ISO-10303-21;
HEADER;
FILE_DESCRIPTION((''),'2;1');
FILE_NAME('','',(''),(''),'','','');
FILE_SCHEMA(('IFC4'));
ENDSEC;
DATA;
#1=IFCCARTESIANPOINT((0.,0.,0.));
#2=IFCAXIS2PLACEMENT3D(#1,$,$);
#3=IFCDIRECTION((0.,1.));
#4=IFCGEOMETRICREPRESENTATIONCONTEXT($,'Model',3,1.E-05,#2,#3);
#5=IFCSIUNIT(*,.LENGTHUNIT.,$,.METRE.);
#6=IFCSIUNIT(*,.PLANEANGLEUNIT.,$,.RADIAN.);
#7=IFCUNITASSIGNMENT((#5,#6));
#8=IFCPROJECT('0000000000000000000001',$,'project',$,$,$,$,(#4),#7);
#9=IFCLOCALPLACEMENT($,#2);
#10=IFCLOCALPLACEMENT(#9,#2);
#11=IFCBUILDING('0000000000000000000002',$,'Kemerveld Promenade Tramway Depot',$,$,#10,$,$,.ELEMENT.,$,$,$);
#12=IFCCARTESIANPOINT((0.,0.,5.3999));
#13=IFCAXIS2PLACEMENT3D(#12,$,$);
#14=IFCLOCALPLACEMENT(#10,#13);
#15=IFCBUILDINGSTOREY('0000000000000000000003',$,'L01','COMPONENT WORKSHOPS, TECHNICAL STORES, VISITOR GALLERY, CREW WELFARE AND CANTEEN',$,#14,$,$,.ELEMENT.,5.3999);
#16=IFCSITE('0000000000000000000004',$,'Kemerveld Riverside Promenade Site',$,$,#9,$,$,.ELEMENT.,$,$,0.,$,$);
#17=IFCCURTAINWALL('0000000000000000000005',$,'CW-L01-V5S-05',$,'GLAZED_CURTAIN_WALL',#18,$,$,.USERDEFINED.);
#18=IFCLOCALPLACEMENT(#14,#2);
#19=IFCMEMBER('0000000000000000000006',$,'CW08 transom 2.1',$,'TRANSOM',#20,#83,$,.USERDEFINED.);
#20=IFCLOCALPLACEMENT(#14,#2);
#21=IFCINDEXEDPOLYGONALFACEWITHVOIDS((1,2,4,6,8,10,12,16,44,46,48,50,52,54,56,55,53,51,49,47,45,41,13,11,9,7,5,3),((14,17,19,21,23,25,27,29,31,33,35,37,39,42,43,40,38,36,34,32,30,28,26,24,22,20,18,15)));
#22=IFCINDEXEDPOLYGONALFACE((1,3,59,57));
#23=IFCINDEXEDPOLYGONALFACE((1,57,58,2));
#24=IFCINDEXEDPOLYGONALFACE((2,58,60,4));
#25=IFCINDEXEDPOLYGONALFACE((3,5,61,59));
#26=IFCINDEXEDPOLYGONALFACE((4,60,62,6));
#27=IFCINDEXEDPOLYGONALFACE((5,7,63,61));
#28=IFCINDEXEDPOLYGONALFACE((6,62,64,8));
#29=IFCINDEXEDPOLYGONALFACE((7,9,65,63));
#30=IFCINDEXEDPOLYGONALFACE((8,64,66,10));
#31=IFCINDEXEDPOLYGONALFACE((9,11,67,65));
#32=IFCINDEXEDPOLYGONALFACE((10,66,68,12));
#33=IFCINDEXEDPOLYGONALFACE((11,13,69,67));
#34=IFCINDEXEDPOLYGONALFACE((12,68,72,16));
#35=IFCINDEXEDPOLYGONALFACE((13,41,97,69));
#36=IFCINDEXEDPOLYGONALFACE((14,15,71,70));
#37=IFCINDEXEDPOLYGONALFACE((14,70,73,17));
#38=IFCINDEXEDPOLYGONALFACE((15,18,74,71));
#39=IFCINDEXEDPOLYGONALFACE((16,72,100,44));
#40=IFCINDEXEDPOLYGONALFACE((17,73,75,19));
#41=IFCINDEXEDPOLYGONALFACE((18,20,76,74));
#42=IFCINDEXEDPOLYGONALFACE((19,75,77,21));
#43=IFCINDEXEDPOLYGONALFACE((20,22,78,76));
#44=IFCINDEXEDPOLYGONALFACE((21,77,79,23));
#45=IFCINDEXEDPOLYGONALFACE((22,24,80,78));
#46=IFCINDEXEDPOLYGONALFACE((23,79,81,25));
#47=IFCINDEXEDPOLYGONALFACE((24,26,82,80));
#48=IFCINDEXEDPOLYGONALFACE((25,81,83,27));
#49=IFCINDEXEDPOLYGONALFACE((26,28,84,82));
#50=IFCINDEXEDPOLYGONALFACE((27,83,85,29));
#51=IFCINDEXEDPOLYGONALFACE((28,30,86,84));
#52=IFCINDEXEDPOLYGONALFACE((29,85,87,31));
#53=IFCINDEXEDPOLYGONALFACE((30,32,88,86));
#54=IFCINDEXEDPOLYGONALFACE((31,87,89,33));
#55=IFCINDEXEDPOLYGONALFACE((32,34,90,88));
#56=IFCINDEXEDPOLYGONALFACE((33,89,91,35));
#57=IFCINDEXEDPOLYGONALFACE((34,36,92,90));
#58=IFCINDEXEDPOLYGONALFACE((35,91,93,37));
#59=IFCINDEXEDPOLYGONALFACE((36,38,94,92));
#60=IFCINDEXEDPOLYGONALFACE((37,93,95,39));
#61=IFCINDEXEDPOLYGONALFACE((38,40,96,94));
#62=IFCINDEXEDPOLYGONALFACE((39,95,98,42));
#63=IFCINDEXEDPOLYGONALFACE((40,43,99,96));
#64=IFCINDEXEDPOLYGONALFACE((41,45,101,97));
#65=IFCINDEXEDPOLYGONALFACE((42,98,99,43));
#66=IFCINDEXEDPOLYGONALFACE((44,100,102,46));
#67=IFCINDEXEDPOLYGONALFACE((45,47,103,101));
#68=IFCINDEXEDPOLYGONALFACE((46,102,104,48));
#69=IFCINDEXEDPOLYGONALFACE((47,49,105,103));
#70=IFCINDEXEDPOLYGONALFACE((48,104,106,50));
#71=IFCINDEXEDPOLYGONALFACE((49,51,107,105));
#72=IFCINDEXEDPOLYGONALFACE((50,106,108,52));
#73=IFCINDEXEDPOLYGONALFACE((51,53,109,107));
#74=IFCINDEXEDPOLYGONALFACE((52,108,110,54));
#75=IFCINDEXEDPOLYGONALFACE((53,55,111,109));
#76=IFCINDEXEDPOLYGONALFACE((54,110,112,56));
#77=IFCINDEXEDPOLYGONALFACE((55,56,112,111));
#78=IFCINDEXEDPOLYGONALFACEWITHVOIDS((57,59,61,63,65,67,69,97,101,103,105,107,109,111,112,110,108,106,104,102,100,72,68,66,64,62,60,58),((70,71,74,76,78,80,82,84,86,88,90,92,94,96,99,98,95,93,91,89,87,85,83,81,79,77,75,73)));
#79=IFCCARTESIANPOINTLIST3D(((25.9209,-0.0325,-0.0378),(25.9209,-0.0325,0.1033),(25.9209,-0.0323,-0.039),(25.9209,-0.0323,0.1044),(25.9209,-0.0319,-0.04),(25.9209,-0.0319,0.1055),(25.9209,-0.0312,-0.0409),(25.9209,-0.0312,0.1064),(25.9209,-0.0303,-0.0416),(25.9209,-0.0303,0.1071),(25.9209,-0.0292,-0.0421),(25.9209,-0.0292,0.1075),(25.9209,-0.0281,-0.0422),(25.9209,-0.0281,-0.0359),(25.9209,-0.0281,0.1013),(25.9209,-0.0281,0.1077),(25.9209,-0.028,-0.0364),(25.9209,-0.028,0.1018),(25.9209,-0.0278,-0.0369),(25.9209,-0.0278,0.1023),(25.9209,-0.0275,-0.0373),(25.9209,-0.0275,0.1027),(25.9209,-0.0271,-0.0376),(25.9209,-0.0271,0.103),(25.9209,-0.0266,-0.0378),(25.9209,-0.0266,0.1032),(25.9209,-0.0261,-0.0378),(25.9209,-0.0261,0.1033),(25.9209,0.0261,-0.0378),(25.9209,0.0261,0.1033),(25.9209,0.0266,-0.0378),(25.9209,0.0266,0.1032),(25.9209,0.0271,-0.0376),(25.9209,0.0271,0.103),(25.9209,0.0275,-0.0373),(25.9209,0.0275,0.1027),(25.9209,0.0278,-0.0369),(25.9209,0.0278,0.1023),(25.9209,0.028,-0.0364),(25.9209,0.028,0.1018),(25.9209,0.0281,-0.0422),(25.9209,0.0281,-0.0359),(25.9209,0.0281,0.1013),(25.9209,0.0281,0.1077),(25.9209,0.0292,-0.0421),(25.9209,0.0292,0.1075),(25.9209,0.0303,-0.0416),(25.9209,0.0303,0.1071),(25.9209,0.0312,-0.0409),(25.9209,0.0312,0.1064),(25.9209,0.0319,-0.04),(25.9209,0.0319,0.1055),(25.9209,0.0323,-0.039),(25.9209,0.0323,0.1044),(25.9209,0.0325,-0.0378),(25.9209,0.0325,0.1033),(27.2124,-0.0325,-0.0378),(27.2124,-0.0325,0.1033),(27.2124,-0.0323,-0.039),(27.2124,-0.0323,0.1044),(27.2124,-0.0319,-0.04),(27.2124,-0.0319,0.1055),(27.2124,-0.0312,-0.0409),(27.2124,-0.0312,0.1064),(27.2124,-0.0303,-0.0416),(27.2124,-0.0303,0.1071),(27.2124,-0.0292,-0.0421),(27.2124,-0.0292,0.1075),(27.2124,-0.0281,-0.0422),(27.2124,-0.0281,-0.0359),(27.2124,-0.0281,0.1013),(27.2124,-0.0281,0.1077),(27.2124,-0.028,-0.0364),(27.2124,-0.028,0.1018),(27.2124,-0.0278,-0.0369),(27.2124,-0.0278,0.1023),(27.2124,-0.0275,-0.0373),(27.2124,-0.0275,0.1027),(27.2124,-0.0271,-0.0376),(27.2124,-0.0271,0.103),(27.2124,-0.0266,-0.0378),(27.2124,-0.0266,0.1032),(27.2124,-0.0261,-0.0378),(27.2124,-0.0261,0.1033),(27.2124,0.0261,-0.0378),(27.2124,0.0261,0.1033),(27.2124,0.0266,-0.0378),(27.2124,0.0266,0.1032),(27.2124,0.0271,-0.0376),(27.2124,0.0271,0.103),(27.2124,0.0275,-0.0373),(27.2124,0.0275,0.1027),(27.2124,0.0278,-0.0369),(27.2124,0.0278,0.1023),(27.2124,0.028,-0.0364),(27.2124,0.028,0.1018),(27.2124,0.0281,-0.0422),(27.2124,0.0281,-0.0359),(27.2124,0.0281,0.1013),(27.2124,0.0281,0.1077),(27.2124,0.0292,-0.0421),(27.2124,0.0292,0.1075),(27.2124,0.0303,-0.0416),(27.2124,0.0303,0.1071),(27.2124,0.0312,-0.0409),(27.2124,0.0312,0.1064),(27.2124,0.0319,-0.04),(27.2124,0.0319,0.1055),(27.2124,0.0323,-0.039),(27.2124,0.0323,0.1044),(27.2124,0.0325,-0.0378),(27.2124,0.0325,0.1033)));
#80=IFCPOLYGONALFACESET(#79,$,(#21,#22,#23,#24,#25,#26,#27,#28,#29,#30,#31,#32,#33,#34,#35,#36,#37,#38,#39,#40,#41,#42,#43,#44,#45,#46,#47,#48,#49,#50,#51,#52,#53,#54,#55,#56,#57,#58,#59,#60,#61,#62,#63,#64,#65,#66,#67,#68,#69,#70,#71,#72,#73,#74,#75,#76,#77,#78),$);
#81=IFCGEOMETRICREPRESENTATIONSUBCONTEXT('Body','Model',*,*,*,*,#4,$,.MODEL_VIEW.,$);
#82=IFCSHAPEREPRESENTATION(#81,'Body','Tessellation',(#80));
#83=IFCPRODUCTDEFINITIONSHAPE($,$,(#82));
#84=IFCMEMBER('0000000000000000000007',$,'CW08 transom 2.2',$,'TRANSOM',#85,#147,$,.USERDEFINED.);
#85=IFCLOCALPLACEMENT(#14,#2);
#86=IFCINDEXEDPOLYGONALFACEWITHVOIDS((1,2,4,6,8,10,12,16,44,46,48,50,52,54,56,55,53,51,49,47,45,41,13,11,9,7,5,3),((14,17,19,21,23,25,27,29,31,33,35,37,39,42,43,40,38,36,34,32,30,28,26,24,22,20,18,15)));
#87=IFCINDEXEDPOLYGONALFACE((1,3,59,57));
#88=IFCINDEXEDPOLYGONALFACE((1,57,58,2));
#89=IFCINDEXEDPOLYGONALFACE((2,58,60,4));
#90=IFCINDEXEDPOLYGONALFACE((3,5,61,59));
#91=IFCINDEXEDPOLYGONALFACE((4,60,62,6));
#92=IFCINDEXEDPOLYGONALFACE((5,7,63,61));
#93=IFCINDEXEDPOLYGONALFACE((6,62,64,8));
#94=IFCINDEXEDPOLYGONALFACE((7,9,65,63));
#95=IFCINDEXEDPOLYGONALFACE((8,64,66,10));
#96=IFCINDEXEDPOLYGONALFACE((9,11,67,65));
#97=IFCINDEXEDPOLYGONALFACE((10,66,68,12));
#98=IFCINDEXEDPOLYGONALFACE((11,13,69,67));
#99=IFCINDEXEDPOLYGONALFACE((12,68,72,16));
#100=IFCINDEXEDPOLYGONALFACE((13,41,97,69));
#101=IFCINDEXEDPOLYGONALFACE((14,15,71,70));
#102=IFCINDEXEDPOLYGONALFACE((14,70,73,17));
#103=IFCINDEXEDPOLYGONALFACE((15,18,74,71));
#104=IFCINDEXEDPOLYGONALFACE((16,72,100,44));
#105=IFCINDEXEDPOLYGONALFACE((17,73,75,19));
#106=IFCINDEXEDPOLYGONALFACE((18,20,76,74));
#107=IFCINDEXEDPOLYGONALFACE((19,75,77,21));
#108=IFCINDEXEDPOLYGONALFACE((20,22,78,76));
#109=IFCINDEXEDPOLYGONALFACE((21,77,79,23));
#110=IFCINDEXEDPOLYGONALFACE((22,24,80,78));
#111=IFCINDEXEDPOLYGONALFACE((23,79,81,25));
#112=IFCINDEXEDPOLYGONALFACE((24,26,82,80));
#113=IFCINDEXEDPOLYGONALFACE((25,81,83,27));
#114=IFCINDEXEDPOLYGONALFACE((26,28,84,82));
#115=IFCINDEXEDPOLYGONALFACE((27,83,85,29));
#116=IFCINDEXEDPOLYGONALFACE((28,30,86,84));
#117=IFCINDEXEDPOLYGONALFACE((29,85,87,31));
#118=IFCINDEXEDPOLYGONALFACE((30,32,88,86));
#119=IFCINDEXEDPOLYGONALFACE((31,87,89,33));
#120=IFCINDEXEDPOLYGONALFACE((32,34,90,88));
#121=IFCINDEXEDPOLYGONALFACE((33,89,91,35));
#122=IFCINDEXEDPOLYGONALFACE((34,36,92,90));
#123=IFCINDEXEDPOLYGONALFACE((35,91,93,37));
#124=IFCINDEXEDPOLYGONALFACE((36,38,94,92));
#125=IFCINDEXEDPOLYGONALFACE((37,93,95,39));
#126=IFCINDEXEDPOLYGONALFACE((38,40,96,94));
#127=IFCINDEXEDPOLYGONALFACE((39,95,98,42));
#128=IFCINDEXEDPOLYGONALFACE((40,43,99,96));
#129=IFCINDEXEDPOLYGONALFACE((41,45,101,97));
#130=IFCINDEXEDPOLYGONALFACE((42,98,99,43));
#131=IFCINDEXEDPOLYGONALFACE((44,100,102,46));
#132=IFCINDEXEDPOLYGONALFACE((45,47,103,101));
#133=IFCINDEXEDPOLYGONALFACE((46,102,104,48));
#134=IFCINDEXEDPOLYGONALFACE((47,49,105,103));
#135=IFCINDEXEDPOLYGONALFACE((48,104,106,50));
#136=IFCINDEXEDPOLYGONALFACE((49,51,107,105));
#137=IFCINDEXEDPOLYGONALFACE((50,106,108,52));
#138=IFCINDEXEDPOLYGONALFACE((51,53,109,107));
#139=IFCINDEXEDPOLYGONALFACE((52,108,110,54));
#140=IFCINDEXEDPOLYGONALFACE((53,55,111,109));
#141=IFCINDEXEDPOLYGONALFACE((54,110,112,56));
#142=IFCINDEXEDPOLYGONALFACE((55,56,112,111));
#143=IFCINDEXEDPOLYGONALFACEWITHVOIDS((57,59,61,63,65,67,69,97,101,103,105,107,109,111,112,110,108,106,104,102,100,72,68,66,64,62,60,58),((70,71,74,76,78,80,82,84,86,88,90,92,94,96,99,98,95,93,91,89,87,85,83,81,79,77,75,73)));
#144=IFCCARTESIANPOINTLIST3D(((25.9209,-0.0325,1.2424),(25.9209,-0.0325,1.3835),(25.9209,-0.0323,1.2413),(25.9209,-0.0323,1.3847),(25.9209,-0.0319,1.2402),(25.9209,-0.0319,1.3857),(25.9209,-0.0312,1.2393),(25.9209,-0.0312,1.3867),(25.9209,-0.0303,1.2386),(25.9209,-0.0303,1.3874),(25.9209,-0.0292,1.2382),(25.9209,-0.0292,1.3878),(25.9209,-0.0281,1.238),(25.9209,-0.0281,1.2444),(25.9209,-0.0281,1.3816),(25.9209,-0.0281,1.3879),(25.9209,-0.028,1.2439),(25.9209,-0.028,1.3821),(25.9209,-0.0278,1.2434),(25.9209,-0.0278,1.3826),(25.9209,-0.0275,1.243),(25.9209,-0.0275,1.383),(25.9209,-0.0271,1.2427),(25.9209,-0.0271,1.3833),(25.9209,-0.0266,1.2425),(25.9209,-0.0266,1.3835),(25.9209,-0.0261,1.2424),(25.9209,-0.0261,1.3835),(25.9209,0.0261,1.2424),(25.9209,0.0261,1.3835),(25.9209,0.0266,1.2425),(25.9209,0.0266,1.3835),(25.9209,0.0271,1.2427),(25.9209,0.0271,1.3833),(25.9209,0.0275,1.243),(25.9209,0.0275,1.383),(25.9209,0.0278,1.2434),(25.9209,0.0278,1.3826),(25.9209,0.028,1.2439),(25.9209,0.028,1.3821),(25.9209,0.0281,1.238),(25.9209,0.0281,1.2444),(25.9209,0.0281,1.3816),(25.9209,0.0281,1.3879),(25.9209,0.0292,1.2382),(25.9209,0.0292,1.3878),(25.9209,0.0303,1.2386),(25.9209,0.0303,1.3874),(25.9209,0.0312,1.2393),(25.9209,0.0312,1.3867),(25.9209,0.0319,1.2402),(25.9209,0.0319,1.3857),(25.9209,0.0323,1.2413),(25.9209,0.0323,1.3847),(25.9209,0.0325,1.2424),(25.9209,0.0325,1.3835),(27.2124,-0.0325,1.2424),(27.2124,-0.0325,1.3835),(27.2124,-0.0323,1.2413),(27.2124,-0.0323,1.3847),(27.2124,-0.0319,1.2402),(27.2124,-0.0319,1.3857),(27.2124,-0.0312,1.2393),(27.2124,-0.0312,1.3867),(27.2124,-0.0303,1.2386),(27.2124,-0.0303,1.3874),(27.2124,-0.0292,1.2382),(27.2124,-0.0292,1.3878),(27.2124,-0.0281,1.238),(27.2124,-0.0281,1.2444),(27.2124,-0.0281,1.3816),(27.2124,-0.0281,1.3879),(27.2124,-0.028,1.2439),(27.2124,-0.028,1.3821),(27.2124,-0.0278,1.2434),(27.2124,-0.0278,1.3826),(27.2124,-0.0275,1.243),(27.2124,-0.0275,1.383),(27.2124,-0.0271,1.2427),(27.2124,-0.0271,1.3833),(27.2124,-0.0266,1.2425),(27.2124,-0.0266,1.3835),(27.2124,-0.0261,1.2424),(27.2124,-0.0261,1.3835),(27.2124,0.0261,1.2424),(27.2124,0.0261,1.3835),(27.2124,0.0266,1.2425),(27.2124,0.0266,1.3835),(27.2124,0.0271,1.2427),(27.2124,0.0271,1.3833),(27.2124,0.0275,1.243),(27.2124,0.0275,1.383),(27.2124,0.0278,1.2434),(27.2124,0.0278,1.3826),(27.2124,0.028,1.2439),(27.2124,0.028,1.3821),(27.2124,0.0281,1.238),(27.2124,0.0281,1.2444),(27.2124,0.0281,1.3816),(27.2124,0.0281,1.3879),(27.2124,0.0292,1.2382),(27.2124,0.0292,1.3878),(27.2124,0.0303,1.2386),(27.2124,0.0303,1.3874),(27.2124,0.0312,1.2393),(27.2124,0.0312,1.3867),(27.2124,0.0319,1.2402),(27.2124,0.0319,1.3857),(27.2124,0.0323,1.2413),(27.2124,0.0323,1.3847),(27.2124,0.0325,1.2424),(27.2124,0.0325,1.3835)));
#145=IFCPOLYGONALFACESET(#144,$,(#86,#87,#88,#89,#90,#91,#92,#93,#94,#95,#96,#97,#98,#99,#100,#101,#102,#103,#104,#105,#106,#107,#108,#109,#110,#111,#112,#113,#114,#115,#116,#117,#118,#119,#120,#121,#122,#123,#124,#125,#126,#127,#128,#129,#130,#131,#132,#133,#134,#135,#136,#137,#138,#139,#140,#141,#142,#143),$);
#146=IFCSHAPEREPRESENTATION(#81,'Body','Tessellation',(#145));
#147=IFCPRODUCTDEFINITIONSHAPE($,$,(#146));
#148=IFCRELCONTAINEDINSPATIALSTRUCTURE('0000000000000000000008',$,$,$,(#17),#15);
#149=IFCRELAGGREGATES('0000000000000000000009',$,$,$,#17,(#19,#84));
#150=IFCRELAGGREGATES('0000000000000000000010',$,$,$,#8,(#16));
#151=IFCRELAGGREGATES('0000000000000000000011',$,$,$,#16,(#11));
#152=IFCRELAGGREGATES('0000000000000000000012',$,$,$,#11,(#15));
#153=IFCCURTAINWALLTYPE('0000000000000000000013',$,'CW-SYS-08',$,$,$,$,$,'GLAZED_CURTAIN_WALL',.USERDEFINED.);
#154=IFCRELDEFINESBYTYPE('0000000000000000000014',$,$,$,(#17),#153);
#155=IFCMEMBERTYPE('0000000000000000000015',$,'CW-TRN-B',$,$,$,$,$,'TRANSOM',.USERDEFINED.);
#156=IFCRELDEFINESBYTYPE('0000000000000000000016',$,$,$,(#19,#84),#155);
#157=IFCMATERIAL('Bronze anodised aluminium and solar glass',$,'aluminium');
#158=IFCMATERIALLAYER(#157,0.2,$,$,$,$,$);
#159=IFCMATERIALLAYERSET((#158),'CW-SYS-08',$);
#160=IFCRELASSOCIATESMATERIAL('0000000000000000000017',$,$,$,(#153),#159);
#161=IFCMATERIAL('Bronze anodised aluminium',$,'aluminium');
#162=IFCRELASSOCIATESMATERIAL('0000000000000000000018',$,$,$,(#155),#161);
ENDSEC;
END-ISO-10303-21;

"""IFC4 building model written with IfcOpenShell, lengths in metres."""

from ifc_helpers import new_model, si_unit, direction, frame, origin, origin_2d, place, context, subcontext, project, spatial, hollow_rectangle, extrude, material, layer, layer_set, material_profile, profile_set, type_object, element, aggregate, save


model = new_model("IFC4")

# Units and contexts
model_context = context("Model", 3, precision=1e-05, world=origin(), true_north=direction((0.0, 1.0)))
body_context = subcontext(model_context, "Body", "Model", "MODEL_VIEW")
ifc_project = project(units=[si_unit("LENGTHUNIT", "METRE"), si_unit("PLANEANGLEUNIT", "RADIAN")], contexts=[model_context])

# Site, building, storey
site_placement = place(None, origin())
site = spatial("IfcSite", under=ifc_project, at=site_placement, Name="Kemerveld Riverside Promenade Site", CompositionType="ELEMENT", RefElevation=0.0)
building_placement = place(site_placement, origin())
building = spatial("IfcBuilding", under=site, at=building_placement, Name="Kemerveld Promenade Tramway Depot", CompositionType="ELEMENT")
storey_placement = place(building_placement, frame((0.0, 0.0, 5.3999)))
storey = spatial("IfcBuildingStorey", under=building, at=storey_placement, Name="L01", Description="COMPONENT WORKSHOPS, TECHNICAL STORES, VISITOR GALLERY, CREW WELFARE AND CANTEEN", CompositionType="ELEMENT", Elevation=5.3999)

# Curtain wall, members
ifc_material_1 = material(Name="Bronze anodised aluminium and solar glass", Category="aluminium")
ifc_layer_1 = layer(ifc_material_1, 0.2)
ifc_layer_set_1 = layer_set([ifc_layer_1], Name="CW-SYS-08")
curtain_wall_type = type_object("IfcCurtainWallType", Name="CW-SYS-08", ElementType="GLAZED_CURTAIN_WALL", PredefinedType="USERDEFINED", material=ifc_layer_set_1)
curtain_wall_placement = place(storey_placement, origin())
curtain_wall = element("IfcCurtainWall", 1, at=curtain_wall_placement, inside=storey, type_object=curtain_wall_type, Name="CW-L01-V5S-05", ObjectType="GLAZED_CURTAIN_WALL", PredefinedType="USERDEFINED")
ifc_material_2 = material(Name="Bronze anodised aluminium", Category="aluminium")
ifc_material_profile_1 = material_profile(ifc_material_2, hollow_rectangle(XDim=0.0649, YDim=0.1499, WallThickness=0.0044, InnerFilletRadius=0.002, OuterFilletRadius=0.0044, at=origin_2d()), Name="CW-TRN-150x65")
ifc_profile_set_1 = profile_set([ifc_material_profile_1], Name="Bronze anodised aluminium")
member_type_1 = type_object("IfcMemberType", Name="CW-TRN-B", ElementType="TRANSOM", PredefinedType="USERDEFINED", material=ifc_profile_set_1)
member_1_placement = place(storey_placement, frame((27.2124, 0.0, 0.0327), z_axis=(-1.0, 0.0, 0.0), x_axis=(0.0, -1.0, 0.0)))
member_1 = element("IfcMember", 2, at=member_1_placement, type_object=member_type_1, Name="CW08 transom 2.1", ObjectType="TRANSOM", PredefinedType="USERDEFINED", context=body_context, shape_type="SweptSolid", body=[
    extrude(hollow_rectangle(XDim=0.0649, YDim=0.1499, WallThickness=0.0044, InnerFilletRadius=0.002, OuterFilletRadius=0.0044, at=origin_2d()), origin(), (0.0, 0.0, 1.0), 1.2915),
])
member_2_placement = place(storey_placement, frame((27.2124, 0.0, 1.313), z_axis=(-1.0, 0.0, 0.0), x_axis=(0.0, -1.0, 0.0)))
member_2 = element("IfcMember", 3, at=member_2_placement, type_object=member_type_1, Name="CW08 transom 2.2", ObjectType="TRANSOM", PredefinedType="USERDEFINED", context=body_context, shape_type="SweptSolid", body=[
    extrude(hollow_rectangle(XDim=0.0649, YDim=0.1499, WallThickness=0.0044, InnerFilletRadius=0.002, OuterFilletRadius=0.0044, at=origin_2d()), origin(), (0.0, 0.0, 1.0), 1.2915),
])
aggregate(curtain_wall, [member_1, member_2])

save(model, "model.ifc")
